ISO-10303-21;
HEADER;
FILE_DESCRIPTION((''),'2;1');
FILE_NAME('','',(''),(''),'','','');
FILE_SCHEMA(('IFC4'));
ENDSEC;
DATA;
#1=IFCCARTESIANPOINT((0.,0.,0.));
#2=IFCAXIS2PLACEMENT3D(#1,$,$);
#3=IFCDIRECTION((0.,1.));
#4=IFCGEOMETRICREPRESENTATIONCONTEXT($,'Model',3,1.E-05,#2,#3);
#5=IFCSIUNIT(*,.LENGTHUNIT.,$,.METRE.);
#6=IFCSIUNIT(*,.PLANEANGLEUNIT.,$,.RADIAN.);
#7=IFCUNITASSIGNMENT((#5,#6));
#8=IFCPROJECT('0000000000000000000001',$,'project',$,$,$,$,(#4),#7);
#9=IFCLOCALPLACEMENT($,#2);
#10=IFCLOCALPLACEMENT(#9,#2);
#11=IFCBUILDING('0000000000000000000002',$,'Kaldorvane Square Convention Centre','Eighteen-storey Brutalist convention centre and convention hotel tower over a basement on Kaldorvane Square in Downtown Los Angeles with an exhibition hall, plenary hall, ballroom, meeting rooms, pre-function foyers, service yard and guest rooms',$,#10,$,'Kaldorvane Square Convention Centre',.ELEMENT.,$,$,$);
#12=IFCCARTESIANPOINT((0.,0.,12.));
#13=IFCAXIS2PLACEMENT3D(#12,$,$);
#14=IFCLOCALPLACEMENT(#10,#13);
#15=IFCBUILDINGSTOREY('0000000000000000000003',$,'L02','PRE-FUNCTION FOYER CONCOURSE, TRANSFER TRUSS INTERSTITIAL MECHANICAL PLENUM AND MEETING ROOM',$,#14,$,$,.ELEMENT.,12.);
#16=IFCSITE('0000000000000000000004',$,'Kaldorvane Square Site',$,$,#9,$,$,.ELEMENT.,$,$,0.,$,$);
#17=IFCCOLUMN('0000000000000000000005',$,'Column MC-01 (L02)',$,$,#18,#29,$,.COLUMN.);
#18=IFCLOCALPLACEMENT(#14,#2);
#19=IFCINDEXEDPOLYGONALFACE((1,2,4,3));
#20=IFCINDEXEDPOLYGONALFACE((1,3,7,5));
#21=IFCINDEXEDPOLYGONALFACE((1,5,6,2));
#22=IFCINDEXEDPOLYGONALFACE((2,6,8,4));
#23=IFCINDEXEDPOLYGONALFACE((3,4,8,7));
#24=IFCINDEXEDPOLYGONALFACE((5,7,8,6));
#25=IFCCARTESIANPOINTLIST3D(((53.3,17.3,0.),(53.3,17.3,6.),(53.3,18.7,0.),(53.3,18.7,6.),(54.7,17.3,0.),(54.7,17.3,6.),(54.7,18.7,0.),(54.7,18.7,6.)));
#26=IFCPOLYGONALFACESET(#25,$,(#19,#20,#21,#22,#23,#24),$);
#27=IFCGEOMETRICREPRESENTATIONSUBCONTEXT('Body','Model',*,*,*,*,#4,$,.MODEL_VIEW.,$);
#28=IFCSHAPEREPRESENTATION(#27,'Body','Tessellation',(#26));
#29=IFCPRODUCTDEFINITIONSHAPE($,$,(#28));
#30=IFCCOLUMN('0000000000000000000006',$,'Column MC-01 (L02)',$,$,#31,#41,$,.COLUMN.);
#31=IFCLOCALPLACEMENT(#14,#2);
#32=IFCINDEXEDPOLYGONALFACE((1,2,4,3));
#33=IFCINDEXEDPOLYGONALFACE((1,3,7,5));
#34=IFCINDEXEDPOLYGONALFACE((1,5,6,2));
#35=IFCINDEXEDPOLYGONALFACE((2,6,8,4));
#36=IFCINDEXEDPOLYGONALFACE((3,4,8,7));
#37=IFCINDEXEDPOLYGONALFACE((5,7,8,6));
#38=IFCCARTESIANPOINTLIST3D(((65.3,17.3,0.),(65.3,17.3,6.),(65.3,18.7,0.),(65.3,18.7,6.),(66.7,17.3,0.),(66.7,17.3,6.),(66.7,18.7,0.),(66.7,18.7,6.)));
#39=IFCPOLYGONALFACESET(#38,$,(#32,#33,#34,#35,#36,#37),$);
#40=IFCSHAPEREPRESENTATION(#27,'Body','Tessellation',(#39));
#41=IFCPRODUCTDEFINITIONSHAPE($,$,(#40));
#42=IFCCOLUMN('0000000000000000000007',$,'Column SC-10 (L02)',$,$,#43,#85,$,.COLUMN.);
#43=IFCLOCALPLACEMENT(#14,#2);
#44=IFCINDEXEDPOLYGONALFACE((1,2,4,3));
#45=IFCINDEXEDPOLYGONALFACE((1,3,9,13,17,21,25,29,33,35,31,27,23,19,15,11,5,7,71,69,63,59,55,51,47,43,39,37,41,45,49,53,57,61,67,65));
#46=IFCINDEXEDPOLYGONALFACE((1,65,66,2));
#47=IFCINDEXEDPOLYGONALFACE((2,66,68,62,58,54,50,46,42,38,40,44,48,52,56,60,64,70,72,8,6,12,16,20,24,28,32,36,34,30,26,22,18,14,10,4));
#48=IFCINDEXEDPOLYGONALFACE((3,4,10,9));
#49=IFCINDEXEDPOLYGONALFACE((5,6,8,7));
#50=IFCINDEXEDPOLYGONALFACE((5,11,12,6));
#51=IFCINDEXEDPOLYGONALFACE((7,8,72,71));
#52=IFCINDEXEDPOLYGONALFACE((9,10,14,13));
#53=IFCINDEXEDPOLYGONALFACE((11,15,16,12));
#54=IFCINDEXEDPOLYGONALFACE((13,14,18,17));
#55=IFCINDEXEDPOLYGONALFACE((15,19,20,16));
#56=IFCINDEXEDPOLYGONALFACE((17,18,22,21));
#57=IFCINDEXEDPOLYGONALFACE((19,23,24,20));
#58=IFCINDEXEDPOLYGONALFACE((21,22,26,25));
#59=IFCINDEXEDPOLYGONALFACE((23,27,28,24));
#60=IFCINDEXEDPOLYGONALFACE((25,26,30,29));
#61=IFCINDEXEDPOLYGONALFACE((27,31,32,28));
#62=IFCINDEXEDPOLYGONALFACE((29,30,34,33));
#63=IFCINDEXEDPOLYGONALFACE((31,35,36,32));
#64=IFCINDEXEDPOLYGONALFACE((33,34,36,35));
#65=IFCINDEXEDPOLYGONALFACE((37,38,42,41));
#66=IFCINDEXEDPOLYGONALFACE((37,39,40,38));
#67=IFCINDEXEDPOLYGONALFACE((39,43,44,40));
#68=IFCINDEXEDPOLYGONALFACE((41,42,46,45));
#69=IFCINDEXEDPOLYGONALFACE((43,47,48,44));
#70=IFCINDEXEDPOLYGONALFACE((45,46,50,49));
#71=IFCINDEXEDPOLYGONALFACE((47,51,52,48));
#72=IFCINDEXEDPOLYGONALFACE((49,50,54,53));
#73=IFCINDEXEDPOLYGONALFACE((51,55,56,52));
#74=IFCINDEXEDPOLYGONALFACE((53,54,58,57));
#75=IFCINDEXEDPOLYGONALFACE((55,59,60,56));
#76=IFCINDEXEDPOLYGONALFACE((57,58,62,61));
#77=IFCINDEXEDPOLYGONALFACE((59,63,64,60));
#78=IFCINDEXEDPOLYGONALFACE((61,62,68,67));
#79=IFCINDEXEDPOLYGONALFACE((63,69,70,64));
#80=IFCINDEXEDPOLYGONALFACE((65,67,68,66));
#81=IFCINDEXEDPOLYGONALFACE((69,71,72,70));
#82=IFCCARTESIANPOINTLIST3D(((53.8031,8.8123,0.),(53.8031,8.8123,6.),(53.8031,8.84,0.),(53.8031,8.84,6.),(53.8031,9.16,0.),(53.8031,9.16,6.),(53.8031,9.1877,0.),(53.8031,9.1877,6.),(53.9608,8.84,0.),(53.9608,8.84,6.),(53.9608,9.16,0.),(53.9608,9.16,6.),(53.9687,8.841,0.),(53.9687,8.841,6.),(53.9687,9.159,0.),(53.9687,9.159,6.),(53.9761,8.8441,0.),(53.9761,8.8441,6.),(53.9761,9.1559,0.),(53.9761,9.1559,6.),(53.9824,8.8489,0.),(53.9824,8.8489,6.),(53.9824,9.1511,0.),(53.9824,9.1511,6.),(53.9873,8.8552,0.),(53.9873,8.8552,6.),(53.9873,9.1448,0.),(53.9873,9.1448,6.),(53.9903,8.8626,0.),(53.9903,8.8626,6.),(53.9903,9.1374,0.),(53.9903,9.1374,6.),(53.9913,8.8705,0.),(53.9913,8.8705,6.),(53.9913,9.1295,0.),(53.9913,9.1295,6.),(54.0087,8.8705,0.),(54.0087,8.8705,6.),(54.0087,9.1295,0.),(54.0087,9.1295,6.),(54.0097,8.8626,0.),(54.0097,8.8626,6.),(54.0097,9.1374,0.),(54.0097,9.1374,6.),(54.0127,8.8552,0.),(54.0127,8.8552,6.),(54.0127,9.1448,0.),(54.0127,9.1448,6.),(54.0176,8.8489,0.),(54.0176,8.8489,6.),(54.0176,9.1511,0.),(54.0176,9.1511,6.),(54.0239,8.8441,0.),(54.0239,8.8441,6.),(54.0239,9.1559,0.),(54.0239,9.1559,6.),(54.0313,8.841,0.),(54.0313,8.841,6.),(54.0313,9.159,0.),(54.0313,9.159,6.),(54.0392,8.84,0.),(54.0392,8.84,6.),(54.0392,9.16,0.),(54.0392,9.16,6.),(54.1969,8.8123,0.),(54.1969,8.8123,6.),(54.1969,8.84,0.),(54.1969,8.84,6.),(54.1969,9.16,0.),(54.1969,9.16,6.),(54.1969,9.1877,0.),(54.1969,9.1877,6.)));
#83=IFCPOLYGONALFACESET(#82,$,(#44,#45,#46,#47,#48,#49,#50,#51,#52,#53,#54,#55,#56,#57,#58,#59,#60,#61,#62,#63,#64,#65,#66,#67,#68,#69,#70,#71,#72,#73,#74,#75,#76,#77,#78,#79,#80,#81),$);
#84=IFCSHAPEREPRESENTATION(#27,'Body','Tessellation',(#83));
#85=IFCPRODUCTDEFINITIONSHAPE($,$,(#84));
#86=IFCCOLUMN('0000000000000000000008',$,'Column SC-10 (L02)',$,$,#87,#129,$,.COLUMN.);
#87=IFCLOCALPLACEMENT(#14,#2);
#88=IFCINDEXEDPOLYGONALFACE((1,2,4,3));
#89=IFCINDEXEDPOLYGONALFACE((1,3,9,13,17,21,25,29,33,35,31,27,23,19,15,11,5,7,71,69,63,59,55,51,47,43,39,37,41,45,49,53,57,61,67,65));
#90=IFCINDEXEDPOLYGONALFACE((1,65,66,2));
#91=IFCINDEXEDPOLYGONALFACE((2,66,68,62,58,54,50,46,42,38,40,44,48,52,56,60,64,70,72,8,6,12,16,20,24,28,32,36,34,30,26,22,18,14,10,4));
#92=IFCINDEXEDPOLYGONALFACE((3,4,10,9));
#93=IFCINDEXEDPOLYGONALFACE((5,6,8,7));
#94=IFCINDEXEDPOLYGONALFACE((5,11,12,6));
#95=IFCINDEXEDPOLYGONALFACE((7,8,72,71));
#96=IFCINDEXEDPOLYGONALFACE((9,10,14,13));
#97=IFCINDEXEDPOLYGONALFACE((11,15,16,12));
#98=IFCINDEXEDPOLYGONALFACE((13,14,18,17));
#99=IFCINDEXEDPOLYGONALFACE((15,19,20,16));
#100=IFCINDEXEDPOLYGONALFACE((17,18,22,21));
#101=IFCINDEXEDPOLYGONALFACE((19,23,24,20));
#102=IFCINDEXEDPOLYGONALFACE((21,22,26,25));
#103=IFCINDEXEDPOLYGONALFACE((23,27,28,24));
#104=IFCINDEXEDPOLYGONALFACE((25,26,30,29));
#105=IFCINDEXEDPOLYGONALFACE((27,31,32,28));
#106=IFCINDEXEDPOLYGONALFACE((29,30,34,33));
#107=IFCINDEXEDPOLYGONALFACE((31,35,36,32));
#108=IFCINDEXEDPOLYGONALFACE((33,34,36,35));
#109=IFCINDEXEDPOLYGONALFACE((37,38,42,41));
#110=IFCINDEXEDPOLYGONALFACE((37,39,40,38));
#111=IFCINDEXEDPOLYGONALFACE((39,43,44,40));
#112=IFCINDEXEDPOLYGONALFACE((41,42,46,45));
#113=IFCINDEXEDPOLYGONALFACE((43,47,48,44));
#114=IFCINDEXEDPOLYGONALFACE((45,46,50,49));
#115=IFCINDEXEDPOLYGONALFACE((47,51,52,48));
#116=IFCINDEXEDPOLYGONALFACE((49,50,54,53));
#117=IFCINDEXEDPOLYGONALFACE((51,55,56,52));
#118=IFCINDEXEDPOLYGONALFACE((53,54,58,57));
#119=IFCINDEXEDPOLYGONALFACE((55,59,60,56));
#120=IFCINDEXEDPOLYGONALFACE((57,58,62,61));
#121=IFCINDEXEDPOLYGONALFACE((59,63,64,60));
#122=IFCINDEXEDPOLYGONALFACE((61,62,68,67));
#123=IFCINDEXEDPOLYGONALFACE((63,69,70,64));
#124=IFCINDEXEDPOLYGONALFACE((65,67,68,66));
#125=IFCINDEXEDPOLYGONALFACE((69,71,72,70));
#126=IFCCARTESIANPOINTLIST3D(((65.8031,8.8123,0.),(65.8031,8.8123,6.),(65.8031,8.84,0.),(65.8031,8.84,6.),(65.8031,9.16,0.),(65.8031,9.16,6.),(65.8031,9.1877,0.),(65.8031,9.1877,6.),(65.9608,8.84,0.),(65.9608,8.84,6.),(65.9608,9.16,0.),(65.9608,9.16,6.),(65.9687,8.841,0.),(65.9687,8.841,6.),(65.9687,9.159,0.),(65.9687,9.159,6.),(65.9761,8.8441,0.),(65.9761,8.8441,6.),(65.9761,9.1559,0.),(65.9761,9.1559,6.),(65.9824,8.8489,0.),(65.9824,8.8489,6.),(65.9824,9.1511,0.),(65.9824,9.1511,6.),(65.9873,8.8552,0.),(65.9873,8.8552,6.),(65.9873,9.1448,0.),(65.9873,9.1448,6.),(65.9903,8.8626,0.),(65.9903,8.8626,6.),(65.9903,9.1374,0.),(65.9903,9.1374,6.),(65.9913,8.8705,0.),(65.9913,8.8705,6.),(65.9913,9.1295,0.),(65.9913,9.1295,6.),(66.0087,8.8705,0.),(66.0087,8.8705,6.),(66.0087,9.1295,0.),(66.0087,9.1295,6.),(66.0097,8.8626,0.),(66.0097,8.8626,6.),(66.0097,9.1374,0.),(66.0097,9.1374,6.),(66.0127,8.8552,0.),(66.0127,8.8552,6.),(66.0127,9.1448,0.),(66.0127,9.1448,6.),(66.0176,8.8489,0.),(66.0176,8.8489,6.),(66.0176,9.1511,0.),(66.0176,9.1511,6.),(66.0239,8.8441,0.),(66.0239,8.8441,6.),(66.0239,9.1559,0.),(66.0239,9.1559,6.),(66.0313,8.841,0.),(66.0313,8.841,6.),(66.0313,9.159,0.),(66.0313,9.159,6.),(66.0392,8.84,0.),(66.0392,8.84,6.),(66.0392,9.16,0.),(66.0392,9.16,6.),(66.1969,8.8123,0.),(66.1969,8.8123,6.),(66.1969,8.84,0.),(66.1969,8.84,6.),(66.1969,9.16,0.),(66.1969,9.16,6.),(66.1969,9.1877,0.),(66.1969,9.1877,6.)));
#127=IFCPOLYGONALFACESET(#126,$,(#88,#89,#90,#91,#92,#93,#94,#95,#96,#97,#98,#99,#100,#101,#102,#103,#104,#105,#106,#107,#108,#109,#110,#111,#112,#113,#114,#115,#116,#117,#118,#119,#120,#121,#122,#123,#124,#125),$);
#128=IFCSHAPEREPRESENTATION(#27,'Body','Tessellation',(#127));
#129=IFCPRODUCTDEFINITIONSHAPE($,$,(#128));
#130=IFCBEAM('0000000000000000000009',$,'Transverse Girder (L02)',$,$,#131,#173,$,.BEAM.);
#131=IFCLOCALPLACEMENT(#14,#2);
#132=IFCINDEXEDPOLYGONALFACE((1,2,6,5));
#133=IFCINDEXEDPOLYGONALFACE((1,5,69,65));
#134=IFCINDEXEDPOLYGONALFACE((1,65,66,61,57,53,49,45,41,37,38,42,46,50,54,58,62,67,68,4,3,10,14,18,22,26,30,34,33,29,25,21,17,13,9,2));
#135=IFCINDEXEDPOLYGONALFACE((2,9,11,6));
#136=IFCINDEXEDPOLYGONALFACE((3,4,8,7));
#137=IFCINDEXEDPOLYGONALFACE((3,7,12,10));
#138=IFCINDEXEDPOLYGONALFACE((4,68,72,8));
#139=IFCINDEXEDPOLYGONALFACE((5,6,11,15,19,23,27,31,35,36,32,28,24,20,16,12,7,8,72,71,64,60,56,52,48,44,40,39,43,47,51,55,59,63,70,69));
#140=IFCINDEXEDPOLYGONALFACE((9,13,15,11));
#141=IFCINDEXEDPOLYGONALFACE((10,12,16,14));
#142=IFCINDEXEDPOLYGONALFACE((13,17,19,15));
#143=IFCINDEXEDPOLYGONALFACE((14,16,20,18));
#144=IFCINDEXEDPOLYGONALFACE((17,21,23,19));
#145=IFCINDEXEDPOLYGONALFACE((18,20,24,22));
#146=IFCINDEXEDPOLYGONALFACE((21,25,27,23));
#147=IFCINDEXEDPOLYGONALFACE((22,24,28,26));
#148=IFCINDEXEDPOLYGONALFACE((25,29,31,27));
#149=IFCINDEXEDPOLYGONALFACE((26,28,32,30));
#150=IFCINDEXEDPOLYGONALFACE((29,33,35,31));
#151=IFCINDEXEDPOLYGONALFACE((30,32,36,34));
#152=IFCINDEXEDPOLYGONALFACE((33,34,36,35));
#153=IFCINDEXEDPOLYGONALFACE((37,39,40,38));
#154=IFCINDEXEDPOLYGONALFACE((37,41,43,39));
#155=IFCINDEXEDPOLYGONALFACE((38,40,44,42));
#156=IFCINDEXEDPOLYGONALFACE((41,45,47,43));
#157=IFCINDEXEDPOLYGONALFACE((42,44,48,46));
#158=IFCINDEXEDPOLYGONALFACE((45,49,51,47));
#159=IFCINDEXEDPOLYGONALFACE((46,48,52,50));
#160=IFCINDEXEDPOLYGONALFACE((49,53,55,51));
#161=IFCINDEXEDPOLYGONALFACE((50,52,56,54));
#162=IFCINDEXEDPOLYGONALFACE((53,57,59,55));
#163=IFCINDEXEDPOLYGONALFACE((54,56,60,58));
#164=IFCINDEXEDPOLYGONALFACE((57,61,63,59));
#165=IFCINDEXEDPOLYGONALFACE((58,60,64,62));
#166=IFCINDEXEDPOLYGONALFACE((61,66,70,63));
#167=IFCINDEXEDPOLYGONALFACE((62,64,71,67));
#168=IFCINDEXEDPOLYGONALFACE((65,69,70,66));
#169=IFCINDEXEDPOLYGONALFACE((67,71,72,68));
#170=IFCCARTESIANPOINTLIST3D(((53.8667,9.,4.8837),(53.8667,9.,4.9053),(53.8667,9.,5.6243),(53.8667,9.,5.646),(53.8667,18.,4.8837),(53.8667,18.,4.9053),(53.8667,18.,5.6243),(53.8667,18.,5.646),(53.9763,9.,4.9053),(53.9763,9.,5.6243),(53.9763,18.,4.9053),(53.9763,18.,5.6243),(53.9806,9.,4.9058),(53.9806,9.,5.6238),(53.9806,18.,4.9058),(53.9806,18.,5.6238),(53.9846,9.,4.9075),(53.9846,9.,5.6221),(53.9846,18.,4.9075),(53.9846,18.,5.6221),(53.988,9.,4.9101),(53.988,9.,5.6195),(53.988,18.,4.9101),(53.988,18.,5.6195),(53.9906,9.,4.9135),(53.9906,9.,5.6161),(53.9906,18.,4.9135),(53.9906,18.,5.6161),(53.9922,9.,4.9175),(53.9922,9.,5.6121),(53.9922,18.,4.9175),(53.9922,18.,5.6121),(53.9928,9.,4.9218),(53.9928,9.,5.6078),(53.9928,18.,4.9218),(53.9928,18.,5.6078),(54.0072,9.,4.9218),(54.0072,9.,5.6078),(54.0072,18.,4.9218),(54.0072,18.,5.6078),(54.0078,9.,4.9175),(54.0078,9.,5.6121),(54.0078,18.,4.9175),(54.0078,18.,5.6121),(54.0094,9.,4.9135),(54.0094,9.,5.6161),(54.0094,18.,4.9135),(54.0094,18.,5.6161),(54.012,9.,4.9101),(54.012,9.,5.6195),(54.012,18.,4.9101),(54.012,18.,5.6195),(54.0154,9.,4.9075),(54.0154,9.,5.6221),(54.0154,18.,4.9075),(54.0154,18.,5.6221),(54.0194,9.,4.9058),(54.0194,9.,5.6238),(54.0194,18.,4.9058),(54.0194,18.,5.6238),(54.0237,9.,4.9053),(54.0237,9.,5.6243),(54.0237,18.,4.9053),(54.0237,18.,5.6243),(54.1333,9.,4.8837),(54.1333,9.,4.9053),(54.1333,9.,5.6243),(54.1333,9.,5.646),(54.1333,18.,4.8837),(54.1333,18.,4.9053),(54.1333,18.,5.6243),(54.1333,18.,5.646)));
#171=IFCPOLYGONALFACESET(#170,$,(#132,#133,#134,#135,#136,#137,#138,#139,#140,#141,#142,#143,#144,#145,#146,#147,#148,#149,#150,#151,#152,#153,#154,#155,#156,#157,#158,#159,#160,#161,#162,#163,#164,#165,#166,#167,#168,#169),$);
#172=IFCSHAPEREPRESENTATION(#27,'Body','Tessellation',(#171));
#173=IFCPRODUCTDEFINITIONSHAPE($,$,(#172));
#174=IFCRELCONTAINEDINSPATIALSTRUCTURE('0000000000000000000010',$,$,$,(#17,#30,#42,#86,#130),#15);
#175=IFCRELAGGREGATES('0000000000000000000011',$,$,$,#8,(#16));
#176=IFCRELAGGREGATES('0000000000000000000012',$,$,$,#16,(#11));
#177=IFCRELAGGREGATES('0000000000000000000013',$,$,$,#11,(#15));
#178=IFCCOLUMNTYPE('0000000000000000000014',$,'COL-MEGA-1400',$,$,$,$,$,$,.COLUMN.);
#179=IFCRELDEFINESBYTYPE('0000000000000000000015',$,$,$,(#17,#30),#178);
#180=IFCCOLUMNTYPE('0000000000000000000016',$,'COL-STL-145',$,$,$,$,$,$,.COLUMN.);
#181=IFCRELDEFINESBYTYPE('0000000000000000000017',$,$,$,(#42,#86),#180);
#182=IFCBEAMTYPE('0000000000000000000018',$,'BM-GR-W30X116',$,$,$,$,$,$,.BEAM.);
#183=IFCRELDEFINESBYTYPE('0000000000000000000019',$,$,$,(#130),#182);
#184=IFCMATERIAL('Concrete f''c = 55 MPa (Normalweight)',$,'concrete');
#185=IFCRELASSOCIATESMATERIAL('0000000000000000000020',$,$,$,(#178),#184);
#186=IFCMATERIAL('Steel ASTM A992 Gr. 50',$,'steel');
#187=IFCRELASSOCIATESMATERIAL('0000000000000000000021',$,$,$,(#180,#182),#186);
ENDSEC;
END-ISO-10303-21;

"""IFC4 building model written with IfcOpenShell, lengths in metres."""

from ifc_helpers import new_model, si_unit, direction, frame, origin, origin_2d, place, context, subcontext, project, spatial, rectangle, i_section, extrude, material, material_profile, profile_set, type_object, element, save


model = new_model("IFC4")

# Units and contexts
model_context = context("Model", 3, precision=1e-05, world=origin(), true_north=direction((0.0, 1.0)))
body_context = subcontext(model_context, "Body", "Model", "MODEL_VIEW")
ifc_project = project(units=[si_unit("LENGTHUNIT", "METRE"), si_unit("PLANEANGLEUNIT", "RADIAN")], contexts=[model_context])

# Site, building, storey
site_placement = place(None, origin())
site = spatial("IfcSite", under=ifc_project, at=site_placement, Name="Kaldorvane Square Site", CompositionType="ELEMENT", RefElevation=0.0)
building_placement = place(site_placement, origin())
building = spatial("IfcBuilding", under=site, at=building_placement, Name="Kaldorvane Square Convention Centre", Description="Eighteen-storey Brutalist convention centre and convention hotel tower over a basement on Kaldorvane Square in Downtown Los Angeles with an exhibition hall, plenary hall, ballroom, meeting rooms, pre-function foyers, service yard and guest rooms", LongName="Kaldorvane Square Convention Centre", CompositionType="ELEMENT")
storey_placement = place(building_placement, frame((0.0, 0.0, 12.0)))
storey = spatial("IfcBuildingStorey", under=building, at=storey_placement, Name="L02", Description="PRE-FUNCTION FOYER CONCOURSE, TRANSFER TRUSS INTERSTITIAL MECHANICAL PLENUM AND MEETING ROOM", CompositionType="ELEMENT", Elevation=12.0)

# Columns
ifc_material_1 = material(Name="Concrete f'c = 55 MPa (Normalweight)", Category="concrete")
ifc_material_profile_1 = material_profile(ifc_material_1, rectangle(XDim=1.4, YDim=1.4, at=origin_2d()), Name="RC1400X1400")
ifc_profile_set_1 = profile_set([ifc_material_profile_1], Name="Concrete f'c = 55 MPa (Normalweight)")
column_type_1 = type_object("IfcColumnType", Name="COL-MEGA-1400", PredefinedType="COLUMN", material=ifc_profile_set_1)
for number, where, z_axis, x_axis, name in (
    (1, (54.0, 18.0, 0.0), (0.0, 0.0, 1.0), (1.0, 0.0, 0.0), "Column MC-01 (L02)"),
    (2, (66.0, 18.0, 0.0), (0.0, 0.0, 1.0), (1.0, 0.0, 0.0), "Column MC-01 (L02)"),
):
    element("IfcColumn", number, at=place(storey_placement, frame(where, z_axis=z_axis, x_axis=x_axis)), inside=storey, type_object=column_type_1, Name=name, PredefinedType="COLUMN", context=body_context, shape_type="SweptSolid", body=[
        extrude(rectangle(XDim=1.4, YDim=1.4, at=origin_2d()), origin(), (0.0, 0.0, 1.0), 6.0),
    ])
ifc_material_2 = material(Name="Steel ASTM A992 Gr. 50", Category="steel")
ifc_material_profile_2 = material_profile(ifc_material_2, i_section(OverallWidth=0.3937, OverallDepth=0.3754, WebThickness=0.0173, FlangeThickness=0.0277, FilletRadius=0.0305, at=origin_2d()), Name="W14X145")
ifc_profile_set_2 = profile_set([ifc_material_profile_2], Name="Steel ASTM A992 Gr. 50")
column_type_2 = type_object("IfcColumnType", Name="COL-STL-145", PredefinedType="COLUMN", material=ifc_profile_set_2)
for number, where, z_axis, x_axis, name in (
    (3, (54.0, 9.0, 0.0), (0.0, 0.0, 1.0), (1.0, 0.0, 0.0), "Column SC-10 (L02)"),
    (4, (66.0, 9.0, 0.0), (0.0, 0.0, 1.0), (1.0, 0.0, 0.0), "Column SC-10 (L02)"),
):
    element("IfcColumn", number, at=place(storey_placement, frame(where, z_axis=z_axis, x_axis=x_axis)), inside=storey, type_object=column_type_2, Name=name, PredefinedType="COLUMN", context=body_context, shape_type="SweptSolid", body=[
        extrude(i_section(OverallWidth=0.3937, OverallDepth=0.3754, WebThickness=0.0173, FlangeThickness=0.0277, FilletRadius=0.0305, at=origin_2d()), origin(), (0.0, 0.0, 1.0), 6.0),
    ])

# Beam
ifc_material_profile_3 = material_profile(ifc_material_2, i_section(OverallWidth=0.2666, OverallDepth=0.7623, WebThickness=0.0144, FlangeThickness=0.0216, FilletRadius=0.0165, at=origin_2d()), Name="W30X116")
ifc_profile_set_3 = profile_set([ifc_material_profile_3], Name="Steel ASTM A992 Gr. 50")
beam_type_1 = type_object("IfcBeamType", Name="BM-GR-W30X116", PredefinedType="BEAM", material=ifc_profile_set_3)
for number, where, z_axis, x_axis, name in (
    (5, (54.0, 9.0, 5.2648), (0.0, 1.0, 0.0), (-1.0, 0.0, 0.0), "Transverse Girder (L02)"),
):
    element("IfcBeam", number, at=place(storey_placement, frame(where, z_axis=z_axis, x_axis=x_axis)), inside=storey, type_object=beam_type_1, Name=name, PredefinedType="BEAM", context=body_context, shape_type="SweptSolid", body=[
        extrude(i_section(OverallWidth=0.2666, OverallDepth=0.7623, WebThickness=0.0144, FlangeThickness=0.0216, FilletRadius=0.0165, at=origin_2d()), origin(), (0.0, 0.0, 1.0), 9.0),
    ])

save(model, "model.ifc")
